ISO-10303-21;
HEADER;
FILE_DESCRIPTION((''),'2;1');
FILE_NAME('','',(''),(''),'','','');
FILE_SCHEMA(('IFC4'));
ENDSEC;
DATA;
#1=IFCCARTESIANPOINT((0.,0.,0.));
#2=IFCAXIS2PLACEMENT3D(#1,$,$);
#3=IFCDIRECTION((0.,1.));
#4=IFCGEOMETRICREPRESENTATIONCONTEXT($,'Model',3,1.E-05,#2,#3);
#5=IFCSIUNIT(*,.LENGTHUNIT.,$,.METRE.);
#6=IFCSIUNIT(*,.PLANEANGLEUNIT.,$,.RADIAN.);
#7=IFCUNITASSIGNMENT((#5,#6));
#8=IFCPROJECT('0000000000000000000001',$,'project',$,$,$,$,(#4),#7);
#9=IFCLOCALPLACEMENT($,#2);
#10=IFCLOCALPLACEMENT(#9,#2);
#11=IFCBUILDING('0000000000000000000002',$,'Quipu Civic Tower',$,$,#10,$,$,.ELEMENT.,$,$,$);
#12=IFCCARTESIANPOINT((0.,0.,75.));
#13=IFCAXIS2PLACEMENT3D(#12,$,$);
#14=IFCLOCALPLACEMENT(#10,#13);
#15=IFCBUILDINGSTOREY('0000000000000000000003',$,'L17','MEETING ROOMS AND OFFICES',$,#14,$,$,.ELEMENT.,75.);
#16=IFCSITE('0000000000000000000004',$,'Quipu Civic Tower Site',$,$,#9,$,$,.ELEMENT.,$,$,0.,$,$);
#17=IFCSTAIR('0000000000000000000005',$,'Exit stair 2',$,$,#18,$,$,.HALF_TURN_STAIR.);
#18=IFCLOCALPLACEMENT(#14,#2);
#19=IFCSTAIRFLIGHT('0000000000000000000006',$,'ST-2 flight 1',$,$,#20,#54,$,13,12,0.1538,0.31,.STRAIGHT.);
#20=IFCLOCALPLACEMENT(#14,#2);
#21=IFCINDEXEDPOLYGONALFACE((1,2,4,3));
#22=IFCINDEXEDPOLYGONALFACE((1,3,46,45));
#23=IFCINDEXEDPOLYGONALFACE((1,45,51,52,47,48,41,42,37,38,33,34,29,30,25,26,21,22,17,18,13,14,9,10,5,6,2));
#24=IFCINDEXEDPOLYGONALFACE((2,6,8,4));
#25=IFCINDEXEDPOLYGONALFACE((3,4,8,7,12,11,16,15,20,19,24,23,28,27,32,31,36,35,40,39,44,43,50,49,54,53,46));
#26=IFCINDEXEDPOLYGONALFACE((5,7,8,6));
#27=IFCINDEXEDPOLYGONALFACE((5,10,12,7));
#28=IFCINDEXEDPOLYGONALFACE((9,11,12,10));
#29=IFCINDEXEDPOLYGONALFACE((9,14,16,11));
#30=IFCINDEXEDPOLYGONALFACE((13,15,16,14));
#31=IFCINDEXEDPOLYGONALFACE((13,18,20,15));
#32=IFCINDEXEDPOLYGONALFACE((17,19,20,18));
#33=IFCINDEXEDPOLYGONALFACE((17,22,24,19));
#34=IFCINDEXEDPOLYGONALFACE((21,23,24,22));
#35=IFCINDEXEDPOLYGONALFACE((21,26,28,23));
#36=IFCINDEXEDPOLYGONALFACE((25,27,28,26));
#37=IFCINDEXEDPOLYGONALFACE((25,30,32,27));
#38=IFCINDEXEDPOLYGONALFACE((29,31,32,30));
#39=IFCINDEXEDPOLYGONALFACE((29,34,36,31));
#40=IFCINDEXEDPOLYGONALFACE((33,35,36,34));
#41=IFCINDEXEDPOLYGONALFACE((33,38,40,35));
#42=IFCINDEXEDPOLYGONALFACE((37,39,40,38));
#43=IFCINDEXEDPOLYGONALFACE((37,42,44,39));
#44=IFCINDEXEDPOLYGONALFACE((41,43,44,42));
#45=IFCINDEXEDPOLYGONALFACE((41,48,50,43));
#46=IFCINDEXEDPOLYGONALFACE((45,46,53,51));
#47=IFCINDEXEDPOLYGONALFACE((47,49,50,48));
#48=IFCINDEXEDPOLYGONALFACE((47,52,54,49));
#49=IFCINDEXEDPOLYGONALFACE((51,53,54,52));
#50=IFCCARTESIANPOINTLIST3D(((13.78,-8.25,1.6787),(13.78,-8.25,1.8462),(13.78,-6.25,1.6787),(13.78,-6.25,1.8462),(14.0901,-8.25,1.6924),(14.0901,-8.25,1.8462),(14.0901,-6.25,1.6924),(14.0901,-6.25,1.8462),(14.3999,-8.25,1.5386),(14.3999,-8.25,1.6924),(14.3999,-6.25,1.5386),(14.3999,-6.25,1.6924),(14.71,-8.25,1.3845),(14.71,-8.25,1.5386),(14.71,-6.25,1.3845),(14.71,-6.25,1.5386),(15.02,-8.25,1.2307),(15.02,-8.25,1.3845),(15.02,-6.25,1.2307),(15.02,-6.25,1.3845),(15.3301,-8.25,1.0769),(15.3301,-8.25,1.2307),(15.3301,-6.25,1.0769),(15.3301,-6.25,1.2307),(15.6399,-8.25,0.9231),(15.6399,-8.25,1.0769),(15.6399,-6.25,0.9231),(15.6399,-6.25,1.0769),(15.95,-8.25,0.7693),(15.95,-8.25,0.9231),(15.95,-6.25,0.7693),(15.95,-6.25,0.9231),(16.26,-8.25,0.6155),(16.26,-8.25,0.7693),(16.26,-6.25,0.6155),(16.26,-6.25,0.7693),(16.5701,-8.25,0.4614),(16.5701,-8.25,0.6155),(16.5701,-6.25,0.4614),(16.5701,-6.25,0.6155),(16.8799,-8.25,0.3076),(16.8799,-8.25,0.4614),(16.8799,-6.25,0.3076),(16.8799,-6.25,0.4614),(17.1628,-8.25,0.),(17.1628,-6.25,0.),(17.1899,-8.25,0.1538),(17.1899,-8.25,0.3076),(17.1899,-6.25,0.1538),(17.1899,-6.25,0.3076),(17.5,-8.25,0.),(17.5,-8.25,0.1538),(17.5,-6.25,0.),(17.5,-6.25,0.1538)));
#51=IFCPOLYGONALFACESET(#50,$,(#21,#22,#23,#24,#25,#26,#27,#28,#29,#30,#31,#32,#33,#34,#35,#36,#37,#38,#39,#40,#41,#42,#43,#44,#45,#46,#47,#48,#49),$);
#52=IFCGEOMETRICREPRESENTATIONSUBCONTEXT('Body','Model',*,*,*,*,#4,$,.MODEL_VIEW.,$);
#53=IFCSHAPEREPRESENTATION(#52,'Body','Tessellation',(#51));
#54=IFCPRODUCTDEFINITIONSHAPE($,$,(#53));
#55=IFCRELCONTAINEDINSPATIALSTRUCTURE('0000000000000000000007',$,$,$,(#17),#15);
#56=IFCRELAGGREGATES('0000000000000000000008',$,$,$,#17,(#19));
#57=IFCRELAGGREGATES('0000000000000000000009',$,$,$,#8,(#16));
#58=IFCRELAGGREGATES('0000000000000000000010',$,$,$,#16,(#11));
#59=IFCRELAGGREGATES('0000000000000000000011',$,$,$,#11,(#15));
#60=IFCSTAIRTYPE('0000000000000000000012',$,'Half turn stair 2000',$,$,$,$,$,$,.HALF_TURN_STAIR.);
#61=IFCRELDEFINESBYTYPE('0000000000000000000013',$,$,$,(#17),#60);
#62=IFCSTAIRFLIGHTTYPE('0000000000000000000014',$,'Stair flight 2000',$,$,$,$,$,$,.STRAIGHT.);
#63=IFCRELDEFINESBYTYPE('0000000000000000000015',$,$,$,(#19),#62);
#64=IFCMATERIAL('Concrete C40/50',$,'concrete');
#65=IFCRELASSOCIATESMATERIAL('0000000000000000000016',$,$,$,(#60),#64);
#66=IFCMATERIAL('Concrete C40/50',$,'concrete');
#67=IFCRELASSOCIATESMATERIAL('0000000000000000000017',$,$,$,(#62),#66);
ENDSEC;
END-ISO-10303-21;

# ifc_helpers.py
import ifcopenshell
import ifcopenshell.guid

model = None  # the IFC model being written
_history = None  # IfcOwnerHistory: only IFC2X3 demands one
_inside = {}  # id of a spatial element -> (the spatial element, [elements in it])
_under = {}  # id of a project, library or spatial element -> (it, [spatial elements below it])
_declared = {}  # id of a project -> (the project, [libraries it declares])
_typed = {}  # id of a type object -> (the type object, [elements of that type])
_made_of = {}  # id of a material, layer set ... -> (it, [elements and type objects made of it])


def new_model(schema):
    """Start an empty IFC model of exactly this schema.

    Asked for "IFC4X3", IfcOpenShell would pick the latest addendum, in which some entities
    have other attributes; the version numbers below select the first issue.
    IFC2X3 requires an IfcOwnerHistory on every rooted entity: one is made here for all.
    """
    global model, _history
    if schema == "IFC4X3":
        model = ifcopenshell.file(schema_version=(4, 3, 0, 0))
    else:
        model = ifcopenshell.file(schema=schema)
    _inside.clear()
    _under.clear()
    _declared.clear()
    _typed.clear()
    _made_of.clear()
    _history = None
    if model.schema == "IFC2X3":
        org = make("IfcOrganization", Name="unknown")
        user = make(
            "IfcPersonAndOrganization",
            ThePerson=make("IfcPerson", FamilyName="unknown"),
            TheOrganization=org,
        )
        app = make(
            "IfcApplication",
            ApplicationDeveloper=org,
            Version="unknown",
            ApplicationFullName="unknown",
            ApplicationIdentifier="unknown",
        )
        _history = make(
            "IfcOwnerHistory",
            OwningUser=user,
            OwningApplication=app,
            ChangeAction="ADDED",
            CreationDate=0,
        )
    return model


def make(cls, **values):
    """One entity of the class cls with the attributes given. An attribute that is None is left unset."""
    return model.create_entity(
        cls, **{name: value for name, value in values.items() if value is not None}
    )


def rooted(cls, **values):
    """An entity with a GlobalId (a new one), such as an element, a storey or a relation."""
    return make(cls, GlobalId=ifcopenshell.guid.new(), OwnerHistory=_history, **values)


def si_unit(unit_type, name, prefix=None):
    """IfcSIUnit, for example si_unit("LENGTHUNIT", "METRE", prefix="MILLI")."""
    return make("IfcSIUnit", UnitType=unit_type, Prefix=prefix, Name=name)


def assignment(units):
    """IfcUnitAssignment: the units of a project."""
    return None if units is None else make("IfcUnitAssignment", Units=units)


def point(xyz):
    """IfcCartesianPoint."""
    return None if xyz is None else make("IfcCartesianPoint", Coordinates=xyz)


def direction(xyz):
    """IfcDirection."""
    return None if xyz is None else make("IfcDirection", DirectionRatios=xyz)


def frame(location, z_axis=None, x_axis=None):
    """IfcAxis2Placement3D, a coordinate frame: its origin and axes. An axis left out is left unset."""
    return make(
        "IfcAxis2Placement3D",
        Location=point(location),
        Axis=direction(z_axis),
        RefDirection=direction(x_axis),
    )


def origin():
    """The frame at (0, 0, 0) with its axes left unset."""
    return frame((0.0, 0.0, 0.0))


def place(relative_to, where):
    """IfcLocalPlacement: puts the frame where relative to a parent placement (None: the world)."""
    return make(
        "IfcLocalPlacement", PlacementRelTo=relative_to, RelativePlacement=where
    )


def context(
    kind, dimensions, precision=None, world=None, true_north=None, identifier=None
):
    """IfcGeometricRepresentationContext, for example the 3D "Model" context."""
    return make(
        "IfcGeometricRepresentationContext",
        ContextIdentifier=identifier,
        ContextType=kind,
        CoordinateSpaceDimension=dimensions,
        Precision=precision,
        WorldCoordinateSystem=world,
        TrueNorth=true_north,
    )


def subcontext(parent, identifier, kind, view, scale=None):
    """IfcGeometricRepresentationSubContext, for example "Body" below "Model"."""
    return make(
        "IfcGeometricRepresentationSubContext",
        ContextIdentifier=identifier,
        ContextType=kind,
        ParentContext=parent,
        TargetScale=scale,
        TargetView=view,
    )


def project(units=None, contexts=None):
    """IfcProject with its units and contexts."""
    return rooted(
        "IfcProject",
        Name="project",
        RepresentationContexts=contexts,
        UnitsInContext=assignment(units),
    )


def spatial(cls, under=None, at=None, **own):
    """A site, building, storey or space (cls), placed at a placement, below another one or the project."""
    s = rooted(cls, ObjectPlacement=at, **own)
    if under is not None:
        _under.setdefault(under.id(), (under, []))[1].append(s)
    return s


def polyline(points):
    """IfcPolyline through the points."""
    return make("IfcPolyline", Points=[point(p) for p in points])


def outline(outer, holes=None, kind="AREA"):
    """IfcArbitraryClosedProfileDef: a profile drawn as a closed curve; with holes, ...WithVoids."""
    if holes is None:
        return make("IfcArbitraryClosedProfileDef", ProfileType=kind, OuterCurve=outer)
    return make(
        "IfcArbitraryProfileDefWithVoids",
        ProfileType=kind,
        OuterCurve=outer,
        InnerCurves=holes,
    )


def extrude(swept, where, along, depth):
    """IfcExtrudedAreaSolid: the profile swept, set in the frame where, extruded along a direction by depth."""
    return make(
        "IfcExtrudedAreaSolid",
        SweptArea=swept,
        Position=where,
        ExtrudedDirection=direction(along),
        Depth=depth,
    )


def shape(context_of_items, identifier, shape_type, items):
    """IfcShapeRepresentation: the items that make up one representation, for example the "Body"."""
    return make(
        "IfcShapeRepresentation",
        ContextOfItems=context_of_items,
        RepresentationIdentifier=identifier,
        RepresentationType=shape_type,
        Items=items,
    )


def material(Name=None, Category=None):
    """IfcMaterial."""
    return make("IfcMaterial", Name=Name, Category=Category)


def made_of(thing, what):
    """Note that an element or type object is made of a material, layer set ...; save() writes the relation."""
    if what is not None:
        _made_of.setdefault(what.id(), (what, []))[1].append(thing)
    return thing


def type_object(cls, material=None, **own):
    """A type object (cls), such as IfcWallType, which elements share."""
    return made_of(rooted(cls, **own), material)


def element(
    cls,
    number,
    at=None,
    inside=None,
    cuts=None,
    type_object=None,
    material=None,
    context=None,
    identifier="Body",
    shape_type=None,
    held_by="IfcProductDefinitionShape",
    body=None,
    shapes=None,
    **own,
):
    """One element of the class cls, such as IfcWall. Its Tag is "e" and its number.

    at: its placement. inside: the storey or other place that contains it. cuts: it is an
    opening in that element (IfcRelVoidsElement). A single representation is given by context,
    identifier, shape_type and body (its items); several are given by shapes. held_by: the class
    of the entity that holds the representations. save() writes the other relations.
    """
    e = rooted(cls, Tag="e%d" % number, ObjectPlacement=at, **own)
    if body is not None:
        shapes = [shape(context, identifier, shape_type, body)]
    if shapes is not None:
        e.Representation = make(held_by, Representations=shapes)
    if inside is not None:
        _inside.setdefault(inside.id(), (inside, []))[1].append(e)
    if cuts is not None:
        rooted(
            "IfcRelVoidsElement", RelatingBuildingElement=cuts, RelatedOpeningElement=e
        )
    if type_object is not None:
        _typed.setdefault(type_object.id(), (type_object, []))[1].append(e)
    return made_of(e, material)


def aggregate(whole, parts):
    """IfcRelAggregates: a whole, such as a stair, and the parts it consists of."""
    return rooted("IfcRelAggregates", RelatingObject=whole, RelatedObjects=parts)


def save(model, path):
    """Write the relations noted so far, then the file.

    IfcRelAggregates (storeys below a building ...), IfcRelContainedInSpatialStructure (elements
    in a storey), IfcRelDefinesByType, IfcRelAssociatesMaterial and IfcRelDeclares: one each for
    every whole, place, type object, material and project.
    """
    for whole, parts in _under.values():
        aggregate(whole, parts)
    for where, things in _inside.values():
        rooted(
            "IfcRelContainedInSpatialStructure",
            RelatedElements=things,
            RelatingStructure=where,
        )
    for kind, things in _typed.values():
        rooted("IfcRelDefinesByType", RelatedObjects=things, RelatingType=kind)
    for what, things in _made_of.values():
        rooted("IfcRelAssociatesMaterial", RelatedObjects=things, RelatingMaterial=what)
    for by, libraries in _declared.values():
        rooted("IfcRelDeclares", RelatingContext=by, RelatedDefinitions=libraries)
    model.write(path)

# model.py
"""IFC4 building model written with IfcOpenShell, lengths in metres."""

from ifc_helpers import new_model, si_unit, direction, frame, origin, place, context, subcontext, project, spatial, polyline, outline, extrude, material, type_object, element, aggregate, save


model = new_model("IFC4")

# Units and contexts
model_context = context("Model", 3, precision=1e-05, world=origin(), true_north=direction((0.0, 1.0)))
body_context = subcontext(model_context, "Body", "Model", "MODEL_VIEW")
ifc_project = project(units=[si_unit("LENGTHUNIT", "METRE"), si_unit("PLANEANGLEUNIT", "RADIAN")], contexts=[model_context])

# Site, building, storey
site_placement = place(None, origin())
site = spatial("IfcSite", under=ifc_project, at=site_placement, Name="Quipu Civic Tower Site", CompositionType="ELEMENT", RefElevation=0.0)
building_placement = place(site_placement, origin())
building = spatial("IfcBuilding", under=site, at=building_placement, Name="Quipu Civic Tower", CompositionType="ELEMENT")
storey_placement = place(building_placement, frame((0.0, 0.0, 75.0)))
storey = spatial("IfcBuildingStorey", under=building, at=storey_placement, Name="L17", Description="MEETING ROOMS AND OFFICES", CompositionType="ELEMENT", Elevation=75.0)

# Stair, stair flight
ifc_material_1 = material(Name="Concrete C40/50", Category="concrete")
stair_type = type_object("IfcStairType", Name="Half turn stair 2000", PredefinedType="HALF_TURN_STAIR", material=ifc_material_1)
stair_placement = place(storey_placement, origin())
stair = element("IfcStair", 1, at=stair_placement, inside=storey, type_object=stair_type, Name="Exit stair 2", PredefinedType="HALF_TURN_STAIR")
ifc_material_2 = material(Name="Concrete C40/50", Category="concrete")
stair_flight_type = type_object("IfcStairFlightType", Name="Stair flight 2000", PredefinedType="STRAIGHT", material=ifc_material_2)
stair_flight_placement = place(storey_placement, frame((17.5, -7.25, 0.0), z_axis=(0.0, 0.0, 1.0), x_axis=(-1.0, 0.0, 0.0)))
stair_flight = element("IfcStairFlight", 2, at=stair_flight_placement, type_object=stair_flight_type, Name="ST-2 flight 1", NumberOfRisers=13, NumberOfTreads=12, PredefinedType="STRAIGHT", RiserHeight=0.1538, TreadLength=0.31, context=body_context, shape_type="SweptSolid", body=[
    extrude(outline(polyline([(0.0, 0.0), (0.0, 0.1538), (0.3101, 0.1538), (0.3101, 0.3076), (0.6201, 0.3076), (0.6201, 0.4614), (0.9299, 0.4614), (0.9299, 0.6155), (1.24, 0.6155), (1.24, 0.7693), (1.55, 0.7693), (1.55, 0.9231), (1.8601, 0.9231), (1.8601, 1.0769), (2.1699, 1.0769), (2.1699, 1.2307), (2.48, 1.2307), (2.48, 1.3845), (2.79, 1.3845), (2.79, 1.5386), (3.1001, 1.5386), (3.1001, 1.6924), (3.4099, 1.6924), (3.4099, 1.8462), (3.72, 1.8462), (3.72, 2.0), (3.72, 1.6787), (0.3372, 0.0), (0.0, 0.0)])), frame((0.0, 1.0, 0.0), z_axis=(0.0, -1.0, 0.0), x_axis=(1.0, 0.0, 0.0)), (0.0, 0.0, 1.0), 2.0),
])
aggregate(stair, [stair_flight])

save(model, "model.ifc")
